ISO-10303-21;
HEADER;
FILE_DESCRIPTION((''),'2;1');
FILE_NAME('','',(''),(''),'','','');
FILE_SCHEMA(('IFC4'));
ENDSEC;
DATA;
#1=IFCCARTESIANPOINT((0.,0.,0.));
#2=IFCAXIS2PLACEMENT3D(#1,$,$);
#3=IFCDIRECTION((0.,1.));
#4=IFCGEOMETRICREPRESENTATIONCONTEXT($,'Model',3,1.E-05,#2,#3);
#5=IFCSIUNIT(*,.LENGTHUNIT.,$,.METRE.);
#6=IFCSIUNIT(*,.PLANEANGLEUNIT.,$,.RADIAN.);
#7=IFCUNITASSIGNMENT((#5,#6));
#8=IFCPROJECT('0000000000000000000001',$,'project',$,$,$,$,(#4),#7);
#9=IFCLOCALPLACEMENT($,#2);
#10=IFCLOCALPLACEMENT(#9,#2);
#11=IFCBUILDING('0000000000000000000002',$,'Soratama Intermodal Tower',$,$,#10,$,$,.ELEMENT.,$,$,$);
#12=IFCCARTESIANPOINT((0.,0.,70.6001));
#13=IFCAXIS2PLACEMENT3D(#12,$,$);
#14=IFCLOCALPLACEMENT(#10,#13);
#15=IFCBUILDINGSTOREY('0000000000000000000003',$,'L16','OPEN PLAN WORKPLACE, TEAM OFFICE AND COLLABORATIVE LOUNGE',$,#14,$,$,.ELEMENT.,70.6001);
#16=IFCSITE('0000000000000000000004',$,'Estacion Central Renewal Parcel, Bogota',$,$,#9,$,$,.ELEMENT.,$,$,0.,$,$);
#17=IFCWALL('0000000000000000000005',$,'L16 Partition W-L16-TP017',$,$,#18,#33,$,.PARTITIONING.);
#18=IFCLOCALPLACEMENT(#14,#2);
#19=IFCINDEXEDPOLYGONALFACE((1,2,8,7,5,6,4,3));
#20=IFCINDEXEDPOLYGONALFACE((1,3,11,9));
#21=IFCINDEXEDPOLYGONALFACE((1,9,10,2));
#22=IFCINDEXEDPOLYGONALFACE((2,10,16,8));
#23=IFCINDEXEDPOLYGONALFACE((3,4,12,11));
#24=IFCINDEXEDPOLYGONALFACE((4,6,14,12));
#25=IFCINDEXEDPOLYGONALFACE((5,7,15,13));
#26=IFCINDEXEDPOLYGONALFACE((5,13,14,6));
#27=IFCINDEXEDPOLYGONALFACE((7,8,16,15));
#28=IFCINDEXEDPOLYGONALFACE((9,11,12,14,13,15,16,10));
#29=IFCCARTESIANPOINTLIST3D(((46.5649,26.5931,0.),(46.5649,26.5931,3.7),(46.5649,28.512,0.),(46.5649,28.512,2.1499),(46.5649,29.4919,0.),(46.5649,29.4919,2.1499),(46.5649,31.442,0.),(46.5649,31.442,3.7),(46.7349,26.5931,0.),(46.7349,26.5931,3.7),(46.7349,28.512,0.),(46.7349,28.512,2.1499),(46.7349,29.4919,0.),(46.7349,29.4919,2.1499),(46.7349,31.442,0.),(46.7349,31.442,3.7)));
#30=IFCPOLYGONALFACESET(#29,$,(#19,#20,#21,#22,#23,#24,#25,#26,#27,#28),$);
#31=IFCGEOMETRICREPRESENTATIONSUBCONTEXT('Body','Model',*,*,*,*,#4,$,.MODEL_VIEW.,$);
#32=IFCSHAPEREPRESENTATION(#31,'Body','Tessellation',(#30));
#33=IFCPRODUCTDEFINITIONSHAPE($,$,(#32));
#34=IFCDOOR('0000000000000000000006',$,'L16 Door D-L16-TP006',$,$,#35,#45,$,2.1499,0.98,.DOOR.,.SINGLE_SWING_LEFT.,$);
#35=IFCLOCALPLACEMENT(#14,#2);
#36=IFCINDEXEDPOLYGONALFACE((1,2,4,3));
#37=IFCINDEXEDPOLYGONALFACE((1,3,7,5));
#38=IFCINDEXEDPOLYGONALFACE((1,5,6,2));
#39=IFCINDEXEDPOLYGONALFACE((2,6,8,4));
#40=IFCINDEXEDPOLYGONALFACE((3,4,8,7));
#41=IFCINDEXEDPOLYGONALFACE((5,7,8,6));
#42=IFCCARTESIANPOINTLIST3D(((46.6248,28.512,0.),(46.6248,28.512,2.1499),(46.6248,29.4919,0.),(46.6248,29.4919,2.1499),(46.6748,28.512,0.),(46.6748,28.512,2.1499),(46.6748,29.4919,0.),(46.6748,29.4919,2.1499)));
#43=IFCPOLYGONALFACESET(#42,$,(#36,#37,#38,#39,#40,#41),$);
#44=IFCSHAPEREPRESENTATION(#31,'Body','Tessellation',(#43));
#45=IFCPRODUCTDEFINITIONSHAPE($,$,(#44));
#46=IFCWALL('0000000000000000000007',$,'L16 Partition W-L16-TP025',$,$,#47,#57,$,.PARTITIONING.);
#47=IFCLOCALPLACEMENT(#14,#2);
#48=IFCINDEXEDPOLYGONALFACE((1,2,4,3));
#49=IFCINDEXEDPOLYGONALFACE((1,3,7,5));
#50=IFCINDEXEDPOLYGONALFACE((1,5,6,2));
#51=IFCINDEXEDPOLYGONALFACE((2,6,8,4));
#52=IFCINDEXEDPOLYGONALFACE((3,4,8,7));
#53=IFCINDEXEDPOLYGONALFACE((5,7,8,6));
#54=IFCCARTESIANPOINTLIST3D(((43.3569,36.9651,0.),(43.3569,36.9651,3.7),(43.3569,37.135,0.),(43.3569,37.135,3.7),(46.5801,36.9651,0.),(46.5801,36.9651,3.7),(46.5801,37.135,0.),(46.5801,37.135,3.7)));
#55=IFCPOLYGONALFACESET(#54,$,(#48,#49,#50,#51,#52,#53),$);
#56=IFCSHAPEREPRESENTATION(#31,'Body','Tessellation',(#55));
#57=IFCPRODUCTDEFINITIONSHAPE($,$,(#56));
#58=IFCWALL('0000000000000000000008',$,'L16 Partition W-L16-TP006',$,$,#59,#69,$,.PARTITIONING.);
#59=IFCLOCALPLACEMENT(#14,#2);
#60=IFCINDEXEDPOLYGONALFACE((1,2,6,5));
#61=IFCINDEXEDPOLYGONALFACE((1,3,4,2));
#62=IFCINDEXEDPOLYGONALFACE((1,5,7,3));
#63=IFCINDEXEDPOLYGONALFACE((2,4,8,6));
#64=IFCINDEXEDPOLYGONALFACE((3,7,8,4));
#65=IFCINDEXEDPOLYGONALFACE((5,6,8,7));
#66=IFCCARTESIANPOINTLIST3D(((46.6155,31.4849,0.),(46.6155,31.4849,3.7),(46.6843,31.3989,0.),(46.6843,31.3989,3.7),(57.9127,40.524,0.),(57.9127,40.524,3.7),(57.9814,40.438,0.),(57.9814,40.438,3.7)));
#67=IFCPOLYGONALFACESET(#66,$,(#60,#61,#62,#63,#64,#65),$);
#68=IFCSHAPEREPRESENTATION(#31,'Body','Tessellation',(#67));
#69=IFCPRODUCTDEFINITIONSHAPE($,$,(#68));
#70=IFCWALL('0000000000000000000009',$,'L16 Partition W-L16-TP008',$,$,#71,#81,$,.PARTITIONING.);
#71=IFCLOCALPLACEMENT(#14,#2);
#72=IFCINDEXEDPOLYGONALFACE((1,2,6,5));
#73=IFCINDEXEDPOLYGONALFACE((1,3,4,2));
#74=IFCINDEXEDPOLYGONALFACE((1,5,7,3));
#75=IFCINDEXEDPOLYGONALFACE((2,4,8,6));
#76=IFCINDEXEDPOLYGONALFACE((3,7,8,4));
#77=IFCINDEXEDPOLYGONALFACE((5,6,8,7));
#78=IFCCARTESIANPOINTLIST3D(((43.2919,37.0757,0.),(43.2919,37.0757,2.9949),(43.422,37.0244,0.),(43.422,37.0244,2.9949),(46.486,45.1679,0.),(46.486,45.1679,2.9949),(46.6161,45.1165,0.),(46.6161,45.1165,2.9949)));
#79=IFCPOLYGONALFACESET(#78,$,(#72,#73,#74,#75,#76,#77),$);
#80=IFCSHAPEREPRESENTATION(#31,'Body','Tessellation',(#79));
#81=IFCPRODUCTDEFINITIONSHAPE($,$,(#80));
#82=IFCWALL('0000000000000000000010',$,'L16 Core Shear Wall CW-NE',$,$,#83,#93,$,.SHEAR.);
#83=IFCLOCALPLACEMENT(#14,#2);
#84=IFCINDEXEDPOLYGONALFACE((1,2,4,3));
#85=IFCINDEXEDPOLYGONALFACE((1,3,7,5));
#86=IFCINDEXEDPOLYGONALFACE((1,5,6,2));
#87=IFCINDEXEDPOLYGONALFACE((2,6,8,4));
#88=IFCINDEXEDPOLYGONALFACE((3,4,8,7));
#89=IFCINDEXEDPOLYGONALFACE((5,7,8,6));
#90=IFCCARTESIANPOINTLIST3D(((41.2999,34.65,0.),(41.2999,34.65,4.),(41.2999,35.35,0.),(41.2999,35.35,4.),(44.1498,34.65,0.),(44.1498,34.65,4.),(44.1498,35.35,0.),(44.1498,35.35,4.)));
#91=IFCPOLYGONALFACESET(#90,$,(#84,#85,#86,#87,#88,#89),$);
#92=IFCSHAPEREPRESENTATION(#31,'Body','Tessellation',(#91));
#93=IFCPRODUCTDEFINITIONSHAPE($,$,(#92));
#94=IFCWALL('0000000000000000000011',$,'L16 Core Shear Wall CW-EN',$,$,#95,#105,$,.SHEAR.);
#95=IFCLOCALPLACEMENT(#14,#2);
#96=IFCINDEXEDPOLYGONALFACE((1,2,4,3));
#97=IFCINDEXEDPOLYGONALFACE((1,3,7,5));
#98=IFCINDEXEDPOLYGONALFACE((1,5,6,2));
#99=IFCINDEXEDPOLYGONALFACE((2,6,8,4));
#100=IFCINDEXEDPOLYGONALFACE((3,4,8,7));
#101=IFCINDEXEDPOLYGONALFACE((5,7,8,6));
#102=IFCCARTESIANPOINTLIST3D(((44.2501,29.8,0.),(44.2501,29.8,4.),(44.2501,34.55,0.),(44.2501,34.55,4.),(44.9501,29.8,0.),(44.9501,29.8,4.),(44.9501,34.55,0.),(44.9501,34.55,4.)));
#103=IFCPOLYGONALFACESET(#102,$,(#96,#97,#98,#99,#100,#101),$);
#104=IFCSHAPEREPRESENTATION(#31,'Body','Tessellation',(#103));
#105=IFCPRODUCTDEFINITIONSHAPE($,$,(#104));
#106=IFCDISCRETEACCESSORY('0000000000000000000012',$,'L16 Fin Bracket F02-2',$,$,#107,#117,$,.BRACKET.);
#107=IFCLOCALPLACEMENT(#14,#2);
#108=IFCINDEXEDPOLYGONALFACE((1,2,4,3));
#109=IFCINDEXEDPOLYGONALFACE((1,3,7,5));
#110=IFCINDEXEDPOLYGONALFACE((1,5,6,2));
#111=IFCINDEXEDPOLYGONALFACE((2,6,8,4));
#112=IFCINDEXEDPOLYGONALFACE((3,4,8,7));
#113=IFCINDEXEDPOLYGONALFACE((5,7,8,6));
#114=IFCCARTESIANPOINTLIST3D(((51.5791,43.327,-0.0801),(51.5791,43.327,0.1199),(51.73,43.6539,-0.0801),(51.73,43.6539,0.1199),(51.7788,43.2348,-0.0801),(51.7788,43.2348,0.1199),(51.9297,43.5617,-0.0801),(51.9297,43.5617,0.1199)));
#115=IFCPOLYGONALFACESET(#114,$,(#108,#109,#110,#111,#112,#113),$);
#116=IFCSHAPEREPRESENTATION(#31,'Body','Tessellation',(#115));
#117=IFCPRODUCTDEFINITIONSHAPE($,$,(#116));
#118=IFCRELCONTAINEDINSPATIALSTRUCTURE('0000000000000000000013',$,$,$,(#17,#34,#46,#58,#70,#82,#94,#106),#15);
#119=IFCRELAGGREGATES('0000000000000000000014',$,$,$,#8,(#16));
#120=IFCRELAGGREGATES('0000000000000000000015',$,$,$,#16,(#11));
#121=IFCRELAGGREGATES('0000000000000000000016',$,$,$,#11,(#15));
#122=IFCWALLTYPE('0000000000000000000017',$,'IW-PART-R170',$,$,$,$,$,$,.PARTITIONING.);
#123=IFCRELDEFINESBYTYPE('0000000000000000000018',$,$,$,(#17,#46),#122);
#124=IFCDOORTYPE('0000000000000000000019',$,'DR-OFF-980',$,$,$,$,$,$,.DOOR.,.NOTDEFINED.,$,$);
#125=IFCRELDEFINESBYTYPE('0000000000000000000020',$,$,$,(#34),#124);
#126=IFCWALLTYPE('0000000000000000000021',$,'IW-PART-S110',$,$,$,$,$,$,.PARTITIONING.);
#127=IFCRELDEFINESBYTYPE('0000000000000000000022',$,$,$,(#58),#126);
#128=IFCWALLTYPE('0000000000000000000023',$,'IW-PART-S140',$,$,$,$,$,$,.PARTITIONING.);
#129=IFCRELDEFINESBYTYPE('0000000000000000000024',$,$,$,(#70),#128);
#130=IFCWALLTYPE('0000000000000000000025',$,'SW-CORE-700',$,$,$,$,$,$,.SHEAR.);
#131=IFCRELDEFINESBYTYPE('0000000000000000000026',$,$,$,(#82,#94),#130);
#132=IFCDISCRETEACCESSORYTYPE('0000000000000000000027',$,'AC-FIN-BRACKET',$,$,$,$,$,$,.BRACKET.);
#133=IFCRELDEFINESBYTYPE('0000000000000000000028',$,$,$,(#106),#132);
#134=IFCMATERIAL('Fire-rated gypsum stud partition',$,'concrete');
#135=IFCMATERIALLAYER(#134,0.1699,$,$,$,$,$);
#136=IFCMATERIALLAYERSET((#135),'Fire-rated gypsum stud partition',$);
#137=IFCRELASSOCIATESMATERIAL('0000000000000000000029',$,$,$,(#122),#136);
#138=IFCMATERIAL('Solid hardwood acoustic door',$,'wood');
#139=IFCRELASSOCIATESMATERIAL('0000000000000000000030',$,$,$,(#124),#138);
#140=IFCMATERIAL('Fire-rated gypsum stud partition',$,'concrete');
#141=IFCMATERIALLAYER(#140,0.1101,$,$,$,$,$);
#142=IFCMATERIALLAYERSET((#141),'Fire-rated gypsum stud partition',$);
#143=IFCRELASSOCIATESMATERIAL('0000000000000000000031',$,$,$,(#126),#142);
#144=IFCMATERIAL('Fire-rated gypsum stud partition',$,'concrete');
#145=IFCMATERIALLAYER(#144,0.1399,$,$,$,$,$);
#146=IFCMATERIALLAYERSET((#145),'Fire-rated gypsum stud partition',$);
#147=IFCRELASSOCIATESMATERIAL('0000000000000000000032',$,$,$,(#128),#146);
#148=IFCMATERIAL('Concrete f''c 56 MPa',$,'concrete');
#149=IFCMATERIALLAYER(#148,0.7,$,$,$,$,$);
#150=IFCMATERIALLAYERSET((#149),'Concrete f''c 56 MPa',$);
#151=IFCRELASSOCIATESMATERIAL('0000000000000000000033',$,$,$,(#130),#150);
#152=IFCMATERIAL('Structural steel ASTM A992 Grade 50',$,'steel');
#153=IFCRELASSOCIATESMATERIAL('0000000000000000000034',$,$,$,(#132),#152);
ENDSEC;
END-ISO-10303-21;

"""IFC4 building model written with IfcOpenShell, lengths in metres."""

from ifc_helpers import new_model, si_unit, direction, frame, frame_2d, origin, origin_2d, place, context, subcontext, project, spatial, rectangle, extrude, material, layer, layer_set, type_object, element, fill, save


model = new_model("IFC4")

# Units and contexts
model_context = context("Model", 3, precision=1e-05, world=origin(), true_north=direction((0.0, 1.0)))
body_context = subcontext(model_context, "Body", "Model", "MODEL_VIEW")
ifc_project = project(units=[si_unit("LENGTHUNIT", "METRE"), si_unit("PLANEANGLEUNIT", "RADIAN")], contexts=[model_context])

# Site, building, storey
site_placement = place(None, origin())
site = spatial("IfcSite", under=ifc_project, at=site_placement, Name="Estacion Central Renewal Parcel, Bogota", CompositionType="ELEMENT", RefElevation=0.0)
building_placement = place(site_placement, origin())
building = spatial("IfcBuilding", under=site, at=building_placement, Name="Soratama Intermodal Tower", CompositionType="ELEMENT")
storey_placement = place(building_placement, frame((0.0, 0.0, 70.6001)))
storey = spatial("IfcBuildingStorey", under=building, at=storey_placement, Name="L16", Description="OPEN PLAN WORKPLACE, TEAM OFFICE AND COLLABORATIVE LOUNGE", CompositionType="ELEMENT", Elevation=70.6001)

# Wall, opening, door
ifc_material_1 = material(Name="Fire-rated gypsum stud partition", Category="concrete")
ifc_layer_1 = layer(ifc_material_1, 0.1699)
ifc_layer_set_1 = layer_set([ifc_layer_1], Name="Fire-rated gypsum stud partition")
wall_type_1 = type_object("IfcWallType", Name="IW-PART-R170", PredefinedType="PARTITIONING", material=ifc_layer_set_1)
ifc_material_2 = material(Name="Solid hardwood acoustic door", Category="wood")
door_type_1 = type_object("IfcDoorType", Name="DR-OFF-980", OperationType="NOTDEFINED", PredefinedType="DOOR", material=ifc_material_2)
wall_1_placement = place(storey_placement, frame((46.6499, 31.4419, 0.0), z_axis=(0.0, 0.0, 1.0), x_axis=(0.0, -1.0, 0.0)))
wall_1 = element("IfcWall", 1, at=wall_1_placement, inside=storey, type_object=wall_type_1, Name="L16 Partition W-L16-TP017", PredefinedType="PARTITIONING", context=body_context, shape_type="SweptSolid", body=[
    extrude(rectangle(XDim=4.8489, YDim=0.1699, at=frame_2d((2.4243, 0.0))), origin(), (0.0, 0.0, 1.0), 3.7),
])
opening_1_placement = place(wall_1_placement, frame((1.95, 0.0, 0.0)))
opening_1 = element("IfcOpeningElement", 2, at=opening_1_placement, cuts=wall_1, PredefinedType="OPENING", context=body_context, shape_type="SweptSolid", body=[
    extrude(rectangle(XDim=0.98, YDim=2.1499, at=frame_2d((0.49, 1.075))), frame((0.0, 0.095, 0.0), z_axis=(0.0, -1.0, 0.0), x_axis=(1.0, 0.0, 0.0)), (0.0, 0.0, 1.0), 0.1899),
])
door_1_placement = place(opening_1_placement, origin())
door_1 = element("IfcDoor", 3, at=door_1_placement, inside=storey, type_object=door_type_1, Name="L16 Door D-L16-TP006", OperationType="SINGLE_SWING_LEFT", OverallHeight=2.1499, OverallWidth=0.98, PredefinedType="DOOR", context=body_context, shape_type="SweptSolid", body=[
    extrude(rectangle(XDim=0.98, YDim=2.1499, at=frame_2d((0.49, 1.075))), frame((0.0, 0.0249, 0.0), z_axis=(0.0, -1.0, 0.0), x_axis=(1.0, 0.0, 0.0)), (0.0, 0.0, 1.0), 0.05),
])
fill(opening_1, door_1)

# Walls
wall_2_placement = place(storey_placement, frame((43.3569, 37.05, 0.0), z_axis=(0.0, 0.0, 1.0), x_axis=(1.0, 0.0, 0.0)))
element("IfcWall", 4, at=wall_2_placement, inside=storey, type_object=wall_type_1, Name="L16 Partition W-L16-TP025", PredefinedType="PARTITIONING", context=body_context, shape_type="SweptSolid", body=[
    extrude(rectangle(XDim=3.2231, YDim=0.1699, at=frame_2d((1.6116, 0.0))), origin(), (0.0, 0.0, 1.0), 3.7),
])
ifc_material_3 = material(Name="Fire-rated gypsum stud partition", Category="concrete")
ifc_layer_2 = layer(ifc_material_3, 0.1101)
ifc_layer_set_2 = layer_set([ifc_layer_2], Name="Fire-rated gypsum stud partition")
wall_type_2 = type_object("IfcWallType", Name="IW-PART-S110", PredefinedType="PARTITIONING", material=ifc_layer_set_2)
wall_3_placement = place(storey_placement, frame((46.6499, 31.4419, 0.0), z_axis=(0.0, 0.0, 1.0), x_axis=(0.780823, 0.624753, 0.0)))
element("IfcWall", 5, at=wall_3_placement, inside=storey, type_object=wall_type_2, Name="L16 Partition W-L16-TP006", PredefinedType="PARTITIONING", context=body_context, shape_type="SweptSolid", body=[
    extrude(rectangle(XDim=14.4683, YDim=0.1101, at=frame_2d((7.2341, 0.0))), origin(), (0.0, 0.0, 1.0), 3.7),
])
ifc_material_4 = material(Name="Fire-rated gypsum stud partition", Category="concrete")
ifc_layer_3 = layer(ifc_material_4, 0.1399)
ifc_layer_set_3 = layer_set([ifc_layer_3], Name="Fire-rated gypsum stud partition")
wall_type_3 = type_object("IfcWallType", Name="IW-PART-S140", PredefinedType="PARTITIONING", material=ifc_layer_set_3)
wall_4_placement = place(storey_placement, frame((43.3569, 37.05, 0.0), z_axis=(0.0, 0.0, 1.0), x_axis=(0.367153, 0.930161, 0.0)))
element("IfcWall", 6, at=wall_4_placement, inside=storey, type_object=wall_type_3, Name="L16 Partition W-L16-TP008", PredefinedType="PARTITIONING", context=body_context, shape_type="SweptSolid", body=[
    extrude(rectangle(XDim=8.6997, YDim=0.1399, at=frame_2d((4.3499, 0.0))), origin(), (0.0, 0.0, 1.0), 2.9949),
])
ifc_material_5 = material(Name="Concrete f'c 56 MPa", Category="concrete")
ifc_layer_4 = layer(ifc_material_5, 0.7)
ifc_layer_set_4 = layer_set([ifc_layer_4], Name="Concrete f'c 56 MPa")
wall_type_4 = type_object("IfcWallType", Name="SW-CORE-700", PredefinedType="SHEAR", material=ifc_layer_set_4)
wall_5_placement = place(storey_placement, frame((41.3, 35.0, 0.0), z_axis=(0.0, 0.0, 1.0), x_axis=(1.0, 0.0, 0.0)))
element("IfcWall", 7, at=wall_5_placement, inside=storey, type_object=wall_type_4, Name="L16 Core Shear Wall CW-NE", PredefinedType="SHEAR", context=body_context, shape_type="SweptSolid", body=[
    extrude(rectangle(XDim=2.8499, YDim=0.7, at=frame_2d((1.4248, 0.0))), origin(), (0.0, 0.0, 1.0), 4.0),
])
wall_6_placement = place(storey_placement, frame((44.6001, 29.8, 0.0), z_axis=(0.0, 0.0, 1.0), x_axis=(0.0, 1.0, 0.0)))
element("IfcWall", 8, at=wall_6_placement, inside=storey, type_object=wall_type_4, Name="L16 Core Shear Wall CW-EN", PredefinedType="SHEAR", context=body_context, shape_type="SweptSolid", body=[
    extrude(rectangle(XDim=4.75, YDim=0.7, at=frame_2d((2.375, 0.0))), origin(), (0.0, 0.0, 1.0), 4.0),
])

# Discrete accessory
ifc_material_6 = material(Name="Structural steel ASTM A992 Grade 50", Category="steel")
discrete_accessory_type = type_object("IfcDiscreteAccessoryType", Name="AC-FIN-BRACKET", PredefinedType="BRACKET", material=ifc_material_6)
discrete_accessory_placement = place(storey_placement, frame((51.7544, 43.4443, -0.0801), z_axis=(0.0, 0.0, 1.0), x_axis=(0.419135, 0.907924, 0.0)))
element("IfcDiscreteAccessory", 9, at=discrete_accessory_placement, inside=storey, type_object=discrete_accessory_type, Name="L16 Fin Bracket F02-2", PredefinedType="BRACKET", context=body_context, shape_type="SweptSolid", body=[
    extrude(rectangle(XDim=0.3601, YDim=0.22, at=origin_2d()), origin(), (0.0, 0.0, 1.0), 0.2),
])

save(model, "model.ifc")
